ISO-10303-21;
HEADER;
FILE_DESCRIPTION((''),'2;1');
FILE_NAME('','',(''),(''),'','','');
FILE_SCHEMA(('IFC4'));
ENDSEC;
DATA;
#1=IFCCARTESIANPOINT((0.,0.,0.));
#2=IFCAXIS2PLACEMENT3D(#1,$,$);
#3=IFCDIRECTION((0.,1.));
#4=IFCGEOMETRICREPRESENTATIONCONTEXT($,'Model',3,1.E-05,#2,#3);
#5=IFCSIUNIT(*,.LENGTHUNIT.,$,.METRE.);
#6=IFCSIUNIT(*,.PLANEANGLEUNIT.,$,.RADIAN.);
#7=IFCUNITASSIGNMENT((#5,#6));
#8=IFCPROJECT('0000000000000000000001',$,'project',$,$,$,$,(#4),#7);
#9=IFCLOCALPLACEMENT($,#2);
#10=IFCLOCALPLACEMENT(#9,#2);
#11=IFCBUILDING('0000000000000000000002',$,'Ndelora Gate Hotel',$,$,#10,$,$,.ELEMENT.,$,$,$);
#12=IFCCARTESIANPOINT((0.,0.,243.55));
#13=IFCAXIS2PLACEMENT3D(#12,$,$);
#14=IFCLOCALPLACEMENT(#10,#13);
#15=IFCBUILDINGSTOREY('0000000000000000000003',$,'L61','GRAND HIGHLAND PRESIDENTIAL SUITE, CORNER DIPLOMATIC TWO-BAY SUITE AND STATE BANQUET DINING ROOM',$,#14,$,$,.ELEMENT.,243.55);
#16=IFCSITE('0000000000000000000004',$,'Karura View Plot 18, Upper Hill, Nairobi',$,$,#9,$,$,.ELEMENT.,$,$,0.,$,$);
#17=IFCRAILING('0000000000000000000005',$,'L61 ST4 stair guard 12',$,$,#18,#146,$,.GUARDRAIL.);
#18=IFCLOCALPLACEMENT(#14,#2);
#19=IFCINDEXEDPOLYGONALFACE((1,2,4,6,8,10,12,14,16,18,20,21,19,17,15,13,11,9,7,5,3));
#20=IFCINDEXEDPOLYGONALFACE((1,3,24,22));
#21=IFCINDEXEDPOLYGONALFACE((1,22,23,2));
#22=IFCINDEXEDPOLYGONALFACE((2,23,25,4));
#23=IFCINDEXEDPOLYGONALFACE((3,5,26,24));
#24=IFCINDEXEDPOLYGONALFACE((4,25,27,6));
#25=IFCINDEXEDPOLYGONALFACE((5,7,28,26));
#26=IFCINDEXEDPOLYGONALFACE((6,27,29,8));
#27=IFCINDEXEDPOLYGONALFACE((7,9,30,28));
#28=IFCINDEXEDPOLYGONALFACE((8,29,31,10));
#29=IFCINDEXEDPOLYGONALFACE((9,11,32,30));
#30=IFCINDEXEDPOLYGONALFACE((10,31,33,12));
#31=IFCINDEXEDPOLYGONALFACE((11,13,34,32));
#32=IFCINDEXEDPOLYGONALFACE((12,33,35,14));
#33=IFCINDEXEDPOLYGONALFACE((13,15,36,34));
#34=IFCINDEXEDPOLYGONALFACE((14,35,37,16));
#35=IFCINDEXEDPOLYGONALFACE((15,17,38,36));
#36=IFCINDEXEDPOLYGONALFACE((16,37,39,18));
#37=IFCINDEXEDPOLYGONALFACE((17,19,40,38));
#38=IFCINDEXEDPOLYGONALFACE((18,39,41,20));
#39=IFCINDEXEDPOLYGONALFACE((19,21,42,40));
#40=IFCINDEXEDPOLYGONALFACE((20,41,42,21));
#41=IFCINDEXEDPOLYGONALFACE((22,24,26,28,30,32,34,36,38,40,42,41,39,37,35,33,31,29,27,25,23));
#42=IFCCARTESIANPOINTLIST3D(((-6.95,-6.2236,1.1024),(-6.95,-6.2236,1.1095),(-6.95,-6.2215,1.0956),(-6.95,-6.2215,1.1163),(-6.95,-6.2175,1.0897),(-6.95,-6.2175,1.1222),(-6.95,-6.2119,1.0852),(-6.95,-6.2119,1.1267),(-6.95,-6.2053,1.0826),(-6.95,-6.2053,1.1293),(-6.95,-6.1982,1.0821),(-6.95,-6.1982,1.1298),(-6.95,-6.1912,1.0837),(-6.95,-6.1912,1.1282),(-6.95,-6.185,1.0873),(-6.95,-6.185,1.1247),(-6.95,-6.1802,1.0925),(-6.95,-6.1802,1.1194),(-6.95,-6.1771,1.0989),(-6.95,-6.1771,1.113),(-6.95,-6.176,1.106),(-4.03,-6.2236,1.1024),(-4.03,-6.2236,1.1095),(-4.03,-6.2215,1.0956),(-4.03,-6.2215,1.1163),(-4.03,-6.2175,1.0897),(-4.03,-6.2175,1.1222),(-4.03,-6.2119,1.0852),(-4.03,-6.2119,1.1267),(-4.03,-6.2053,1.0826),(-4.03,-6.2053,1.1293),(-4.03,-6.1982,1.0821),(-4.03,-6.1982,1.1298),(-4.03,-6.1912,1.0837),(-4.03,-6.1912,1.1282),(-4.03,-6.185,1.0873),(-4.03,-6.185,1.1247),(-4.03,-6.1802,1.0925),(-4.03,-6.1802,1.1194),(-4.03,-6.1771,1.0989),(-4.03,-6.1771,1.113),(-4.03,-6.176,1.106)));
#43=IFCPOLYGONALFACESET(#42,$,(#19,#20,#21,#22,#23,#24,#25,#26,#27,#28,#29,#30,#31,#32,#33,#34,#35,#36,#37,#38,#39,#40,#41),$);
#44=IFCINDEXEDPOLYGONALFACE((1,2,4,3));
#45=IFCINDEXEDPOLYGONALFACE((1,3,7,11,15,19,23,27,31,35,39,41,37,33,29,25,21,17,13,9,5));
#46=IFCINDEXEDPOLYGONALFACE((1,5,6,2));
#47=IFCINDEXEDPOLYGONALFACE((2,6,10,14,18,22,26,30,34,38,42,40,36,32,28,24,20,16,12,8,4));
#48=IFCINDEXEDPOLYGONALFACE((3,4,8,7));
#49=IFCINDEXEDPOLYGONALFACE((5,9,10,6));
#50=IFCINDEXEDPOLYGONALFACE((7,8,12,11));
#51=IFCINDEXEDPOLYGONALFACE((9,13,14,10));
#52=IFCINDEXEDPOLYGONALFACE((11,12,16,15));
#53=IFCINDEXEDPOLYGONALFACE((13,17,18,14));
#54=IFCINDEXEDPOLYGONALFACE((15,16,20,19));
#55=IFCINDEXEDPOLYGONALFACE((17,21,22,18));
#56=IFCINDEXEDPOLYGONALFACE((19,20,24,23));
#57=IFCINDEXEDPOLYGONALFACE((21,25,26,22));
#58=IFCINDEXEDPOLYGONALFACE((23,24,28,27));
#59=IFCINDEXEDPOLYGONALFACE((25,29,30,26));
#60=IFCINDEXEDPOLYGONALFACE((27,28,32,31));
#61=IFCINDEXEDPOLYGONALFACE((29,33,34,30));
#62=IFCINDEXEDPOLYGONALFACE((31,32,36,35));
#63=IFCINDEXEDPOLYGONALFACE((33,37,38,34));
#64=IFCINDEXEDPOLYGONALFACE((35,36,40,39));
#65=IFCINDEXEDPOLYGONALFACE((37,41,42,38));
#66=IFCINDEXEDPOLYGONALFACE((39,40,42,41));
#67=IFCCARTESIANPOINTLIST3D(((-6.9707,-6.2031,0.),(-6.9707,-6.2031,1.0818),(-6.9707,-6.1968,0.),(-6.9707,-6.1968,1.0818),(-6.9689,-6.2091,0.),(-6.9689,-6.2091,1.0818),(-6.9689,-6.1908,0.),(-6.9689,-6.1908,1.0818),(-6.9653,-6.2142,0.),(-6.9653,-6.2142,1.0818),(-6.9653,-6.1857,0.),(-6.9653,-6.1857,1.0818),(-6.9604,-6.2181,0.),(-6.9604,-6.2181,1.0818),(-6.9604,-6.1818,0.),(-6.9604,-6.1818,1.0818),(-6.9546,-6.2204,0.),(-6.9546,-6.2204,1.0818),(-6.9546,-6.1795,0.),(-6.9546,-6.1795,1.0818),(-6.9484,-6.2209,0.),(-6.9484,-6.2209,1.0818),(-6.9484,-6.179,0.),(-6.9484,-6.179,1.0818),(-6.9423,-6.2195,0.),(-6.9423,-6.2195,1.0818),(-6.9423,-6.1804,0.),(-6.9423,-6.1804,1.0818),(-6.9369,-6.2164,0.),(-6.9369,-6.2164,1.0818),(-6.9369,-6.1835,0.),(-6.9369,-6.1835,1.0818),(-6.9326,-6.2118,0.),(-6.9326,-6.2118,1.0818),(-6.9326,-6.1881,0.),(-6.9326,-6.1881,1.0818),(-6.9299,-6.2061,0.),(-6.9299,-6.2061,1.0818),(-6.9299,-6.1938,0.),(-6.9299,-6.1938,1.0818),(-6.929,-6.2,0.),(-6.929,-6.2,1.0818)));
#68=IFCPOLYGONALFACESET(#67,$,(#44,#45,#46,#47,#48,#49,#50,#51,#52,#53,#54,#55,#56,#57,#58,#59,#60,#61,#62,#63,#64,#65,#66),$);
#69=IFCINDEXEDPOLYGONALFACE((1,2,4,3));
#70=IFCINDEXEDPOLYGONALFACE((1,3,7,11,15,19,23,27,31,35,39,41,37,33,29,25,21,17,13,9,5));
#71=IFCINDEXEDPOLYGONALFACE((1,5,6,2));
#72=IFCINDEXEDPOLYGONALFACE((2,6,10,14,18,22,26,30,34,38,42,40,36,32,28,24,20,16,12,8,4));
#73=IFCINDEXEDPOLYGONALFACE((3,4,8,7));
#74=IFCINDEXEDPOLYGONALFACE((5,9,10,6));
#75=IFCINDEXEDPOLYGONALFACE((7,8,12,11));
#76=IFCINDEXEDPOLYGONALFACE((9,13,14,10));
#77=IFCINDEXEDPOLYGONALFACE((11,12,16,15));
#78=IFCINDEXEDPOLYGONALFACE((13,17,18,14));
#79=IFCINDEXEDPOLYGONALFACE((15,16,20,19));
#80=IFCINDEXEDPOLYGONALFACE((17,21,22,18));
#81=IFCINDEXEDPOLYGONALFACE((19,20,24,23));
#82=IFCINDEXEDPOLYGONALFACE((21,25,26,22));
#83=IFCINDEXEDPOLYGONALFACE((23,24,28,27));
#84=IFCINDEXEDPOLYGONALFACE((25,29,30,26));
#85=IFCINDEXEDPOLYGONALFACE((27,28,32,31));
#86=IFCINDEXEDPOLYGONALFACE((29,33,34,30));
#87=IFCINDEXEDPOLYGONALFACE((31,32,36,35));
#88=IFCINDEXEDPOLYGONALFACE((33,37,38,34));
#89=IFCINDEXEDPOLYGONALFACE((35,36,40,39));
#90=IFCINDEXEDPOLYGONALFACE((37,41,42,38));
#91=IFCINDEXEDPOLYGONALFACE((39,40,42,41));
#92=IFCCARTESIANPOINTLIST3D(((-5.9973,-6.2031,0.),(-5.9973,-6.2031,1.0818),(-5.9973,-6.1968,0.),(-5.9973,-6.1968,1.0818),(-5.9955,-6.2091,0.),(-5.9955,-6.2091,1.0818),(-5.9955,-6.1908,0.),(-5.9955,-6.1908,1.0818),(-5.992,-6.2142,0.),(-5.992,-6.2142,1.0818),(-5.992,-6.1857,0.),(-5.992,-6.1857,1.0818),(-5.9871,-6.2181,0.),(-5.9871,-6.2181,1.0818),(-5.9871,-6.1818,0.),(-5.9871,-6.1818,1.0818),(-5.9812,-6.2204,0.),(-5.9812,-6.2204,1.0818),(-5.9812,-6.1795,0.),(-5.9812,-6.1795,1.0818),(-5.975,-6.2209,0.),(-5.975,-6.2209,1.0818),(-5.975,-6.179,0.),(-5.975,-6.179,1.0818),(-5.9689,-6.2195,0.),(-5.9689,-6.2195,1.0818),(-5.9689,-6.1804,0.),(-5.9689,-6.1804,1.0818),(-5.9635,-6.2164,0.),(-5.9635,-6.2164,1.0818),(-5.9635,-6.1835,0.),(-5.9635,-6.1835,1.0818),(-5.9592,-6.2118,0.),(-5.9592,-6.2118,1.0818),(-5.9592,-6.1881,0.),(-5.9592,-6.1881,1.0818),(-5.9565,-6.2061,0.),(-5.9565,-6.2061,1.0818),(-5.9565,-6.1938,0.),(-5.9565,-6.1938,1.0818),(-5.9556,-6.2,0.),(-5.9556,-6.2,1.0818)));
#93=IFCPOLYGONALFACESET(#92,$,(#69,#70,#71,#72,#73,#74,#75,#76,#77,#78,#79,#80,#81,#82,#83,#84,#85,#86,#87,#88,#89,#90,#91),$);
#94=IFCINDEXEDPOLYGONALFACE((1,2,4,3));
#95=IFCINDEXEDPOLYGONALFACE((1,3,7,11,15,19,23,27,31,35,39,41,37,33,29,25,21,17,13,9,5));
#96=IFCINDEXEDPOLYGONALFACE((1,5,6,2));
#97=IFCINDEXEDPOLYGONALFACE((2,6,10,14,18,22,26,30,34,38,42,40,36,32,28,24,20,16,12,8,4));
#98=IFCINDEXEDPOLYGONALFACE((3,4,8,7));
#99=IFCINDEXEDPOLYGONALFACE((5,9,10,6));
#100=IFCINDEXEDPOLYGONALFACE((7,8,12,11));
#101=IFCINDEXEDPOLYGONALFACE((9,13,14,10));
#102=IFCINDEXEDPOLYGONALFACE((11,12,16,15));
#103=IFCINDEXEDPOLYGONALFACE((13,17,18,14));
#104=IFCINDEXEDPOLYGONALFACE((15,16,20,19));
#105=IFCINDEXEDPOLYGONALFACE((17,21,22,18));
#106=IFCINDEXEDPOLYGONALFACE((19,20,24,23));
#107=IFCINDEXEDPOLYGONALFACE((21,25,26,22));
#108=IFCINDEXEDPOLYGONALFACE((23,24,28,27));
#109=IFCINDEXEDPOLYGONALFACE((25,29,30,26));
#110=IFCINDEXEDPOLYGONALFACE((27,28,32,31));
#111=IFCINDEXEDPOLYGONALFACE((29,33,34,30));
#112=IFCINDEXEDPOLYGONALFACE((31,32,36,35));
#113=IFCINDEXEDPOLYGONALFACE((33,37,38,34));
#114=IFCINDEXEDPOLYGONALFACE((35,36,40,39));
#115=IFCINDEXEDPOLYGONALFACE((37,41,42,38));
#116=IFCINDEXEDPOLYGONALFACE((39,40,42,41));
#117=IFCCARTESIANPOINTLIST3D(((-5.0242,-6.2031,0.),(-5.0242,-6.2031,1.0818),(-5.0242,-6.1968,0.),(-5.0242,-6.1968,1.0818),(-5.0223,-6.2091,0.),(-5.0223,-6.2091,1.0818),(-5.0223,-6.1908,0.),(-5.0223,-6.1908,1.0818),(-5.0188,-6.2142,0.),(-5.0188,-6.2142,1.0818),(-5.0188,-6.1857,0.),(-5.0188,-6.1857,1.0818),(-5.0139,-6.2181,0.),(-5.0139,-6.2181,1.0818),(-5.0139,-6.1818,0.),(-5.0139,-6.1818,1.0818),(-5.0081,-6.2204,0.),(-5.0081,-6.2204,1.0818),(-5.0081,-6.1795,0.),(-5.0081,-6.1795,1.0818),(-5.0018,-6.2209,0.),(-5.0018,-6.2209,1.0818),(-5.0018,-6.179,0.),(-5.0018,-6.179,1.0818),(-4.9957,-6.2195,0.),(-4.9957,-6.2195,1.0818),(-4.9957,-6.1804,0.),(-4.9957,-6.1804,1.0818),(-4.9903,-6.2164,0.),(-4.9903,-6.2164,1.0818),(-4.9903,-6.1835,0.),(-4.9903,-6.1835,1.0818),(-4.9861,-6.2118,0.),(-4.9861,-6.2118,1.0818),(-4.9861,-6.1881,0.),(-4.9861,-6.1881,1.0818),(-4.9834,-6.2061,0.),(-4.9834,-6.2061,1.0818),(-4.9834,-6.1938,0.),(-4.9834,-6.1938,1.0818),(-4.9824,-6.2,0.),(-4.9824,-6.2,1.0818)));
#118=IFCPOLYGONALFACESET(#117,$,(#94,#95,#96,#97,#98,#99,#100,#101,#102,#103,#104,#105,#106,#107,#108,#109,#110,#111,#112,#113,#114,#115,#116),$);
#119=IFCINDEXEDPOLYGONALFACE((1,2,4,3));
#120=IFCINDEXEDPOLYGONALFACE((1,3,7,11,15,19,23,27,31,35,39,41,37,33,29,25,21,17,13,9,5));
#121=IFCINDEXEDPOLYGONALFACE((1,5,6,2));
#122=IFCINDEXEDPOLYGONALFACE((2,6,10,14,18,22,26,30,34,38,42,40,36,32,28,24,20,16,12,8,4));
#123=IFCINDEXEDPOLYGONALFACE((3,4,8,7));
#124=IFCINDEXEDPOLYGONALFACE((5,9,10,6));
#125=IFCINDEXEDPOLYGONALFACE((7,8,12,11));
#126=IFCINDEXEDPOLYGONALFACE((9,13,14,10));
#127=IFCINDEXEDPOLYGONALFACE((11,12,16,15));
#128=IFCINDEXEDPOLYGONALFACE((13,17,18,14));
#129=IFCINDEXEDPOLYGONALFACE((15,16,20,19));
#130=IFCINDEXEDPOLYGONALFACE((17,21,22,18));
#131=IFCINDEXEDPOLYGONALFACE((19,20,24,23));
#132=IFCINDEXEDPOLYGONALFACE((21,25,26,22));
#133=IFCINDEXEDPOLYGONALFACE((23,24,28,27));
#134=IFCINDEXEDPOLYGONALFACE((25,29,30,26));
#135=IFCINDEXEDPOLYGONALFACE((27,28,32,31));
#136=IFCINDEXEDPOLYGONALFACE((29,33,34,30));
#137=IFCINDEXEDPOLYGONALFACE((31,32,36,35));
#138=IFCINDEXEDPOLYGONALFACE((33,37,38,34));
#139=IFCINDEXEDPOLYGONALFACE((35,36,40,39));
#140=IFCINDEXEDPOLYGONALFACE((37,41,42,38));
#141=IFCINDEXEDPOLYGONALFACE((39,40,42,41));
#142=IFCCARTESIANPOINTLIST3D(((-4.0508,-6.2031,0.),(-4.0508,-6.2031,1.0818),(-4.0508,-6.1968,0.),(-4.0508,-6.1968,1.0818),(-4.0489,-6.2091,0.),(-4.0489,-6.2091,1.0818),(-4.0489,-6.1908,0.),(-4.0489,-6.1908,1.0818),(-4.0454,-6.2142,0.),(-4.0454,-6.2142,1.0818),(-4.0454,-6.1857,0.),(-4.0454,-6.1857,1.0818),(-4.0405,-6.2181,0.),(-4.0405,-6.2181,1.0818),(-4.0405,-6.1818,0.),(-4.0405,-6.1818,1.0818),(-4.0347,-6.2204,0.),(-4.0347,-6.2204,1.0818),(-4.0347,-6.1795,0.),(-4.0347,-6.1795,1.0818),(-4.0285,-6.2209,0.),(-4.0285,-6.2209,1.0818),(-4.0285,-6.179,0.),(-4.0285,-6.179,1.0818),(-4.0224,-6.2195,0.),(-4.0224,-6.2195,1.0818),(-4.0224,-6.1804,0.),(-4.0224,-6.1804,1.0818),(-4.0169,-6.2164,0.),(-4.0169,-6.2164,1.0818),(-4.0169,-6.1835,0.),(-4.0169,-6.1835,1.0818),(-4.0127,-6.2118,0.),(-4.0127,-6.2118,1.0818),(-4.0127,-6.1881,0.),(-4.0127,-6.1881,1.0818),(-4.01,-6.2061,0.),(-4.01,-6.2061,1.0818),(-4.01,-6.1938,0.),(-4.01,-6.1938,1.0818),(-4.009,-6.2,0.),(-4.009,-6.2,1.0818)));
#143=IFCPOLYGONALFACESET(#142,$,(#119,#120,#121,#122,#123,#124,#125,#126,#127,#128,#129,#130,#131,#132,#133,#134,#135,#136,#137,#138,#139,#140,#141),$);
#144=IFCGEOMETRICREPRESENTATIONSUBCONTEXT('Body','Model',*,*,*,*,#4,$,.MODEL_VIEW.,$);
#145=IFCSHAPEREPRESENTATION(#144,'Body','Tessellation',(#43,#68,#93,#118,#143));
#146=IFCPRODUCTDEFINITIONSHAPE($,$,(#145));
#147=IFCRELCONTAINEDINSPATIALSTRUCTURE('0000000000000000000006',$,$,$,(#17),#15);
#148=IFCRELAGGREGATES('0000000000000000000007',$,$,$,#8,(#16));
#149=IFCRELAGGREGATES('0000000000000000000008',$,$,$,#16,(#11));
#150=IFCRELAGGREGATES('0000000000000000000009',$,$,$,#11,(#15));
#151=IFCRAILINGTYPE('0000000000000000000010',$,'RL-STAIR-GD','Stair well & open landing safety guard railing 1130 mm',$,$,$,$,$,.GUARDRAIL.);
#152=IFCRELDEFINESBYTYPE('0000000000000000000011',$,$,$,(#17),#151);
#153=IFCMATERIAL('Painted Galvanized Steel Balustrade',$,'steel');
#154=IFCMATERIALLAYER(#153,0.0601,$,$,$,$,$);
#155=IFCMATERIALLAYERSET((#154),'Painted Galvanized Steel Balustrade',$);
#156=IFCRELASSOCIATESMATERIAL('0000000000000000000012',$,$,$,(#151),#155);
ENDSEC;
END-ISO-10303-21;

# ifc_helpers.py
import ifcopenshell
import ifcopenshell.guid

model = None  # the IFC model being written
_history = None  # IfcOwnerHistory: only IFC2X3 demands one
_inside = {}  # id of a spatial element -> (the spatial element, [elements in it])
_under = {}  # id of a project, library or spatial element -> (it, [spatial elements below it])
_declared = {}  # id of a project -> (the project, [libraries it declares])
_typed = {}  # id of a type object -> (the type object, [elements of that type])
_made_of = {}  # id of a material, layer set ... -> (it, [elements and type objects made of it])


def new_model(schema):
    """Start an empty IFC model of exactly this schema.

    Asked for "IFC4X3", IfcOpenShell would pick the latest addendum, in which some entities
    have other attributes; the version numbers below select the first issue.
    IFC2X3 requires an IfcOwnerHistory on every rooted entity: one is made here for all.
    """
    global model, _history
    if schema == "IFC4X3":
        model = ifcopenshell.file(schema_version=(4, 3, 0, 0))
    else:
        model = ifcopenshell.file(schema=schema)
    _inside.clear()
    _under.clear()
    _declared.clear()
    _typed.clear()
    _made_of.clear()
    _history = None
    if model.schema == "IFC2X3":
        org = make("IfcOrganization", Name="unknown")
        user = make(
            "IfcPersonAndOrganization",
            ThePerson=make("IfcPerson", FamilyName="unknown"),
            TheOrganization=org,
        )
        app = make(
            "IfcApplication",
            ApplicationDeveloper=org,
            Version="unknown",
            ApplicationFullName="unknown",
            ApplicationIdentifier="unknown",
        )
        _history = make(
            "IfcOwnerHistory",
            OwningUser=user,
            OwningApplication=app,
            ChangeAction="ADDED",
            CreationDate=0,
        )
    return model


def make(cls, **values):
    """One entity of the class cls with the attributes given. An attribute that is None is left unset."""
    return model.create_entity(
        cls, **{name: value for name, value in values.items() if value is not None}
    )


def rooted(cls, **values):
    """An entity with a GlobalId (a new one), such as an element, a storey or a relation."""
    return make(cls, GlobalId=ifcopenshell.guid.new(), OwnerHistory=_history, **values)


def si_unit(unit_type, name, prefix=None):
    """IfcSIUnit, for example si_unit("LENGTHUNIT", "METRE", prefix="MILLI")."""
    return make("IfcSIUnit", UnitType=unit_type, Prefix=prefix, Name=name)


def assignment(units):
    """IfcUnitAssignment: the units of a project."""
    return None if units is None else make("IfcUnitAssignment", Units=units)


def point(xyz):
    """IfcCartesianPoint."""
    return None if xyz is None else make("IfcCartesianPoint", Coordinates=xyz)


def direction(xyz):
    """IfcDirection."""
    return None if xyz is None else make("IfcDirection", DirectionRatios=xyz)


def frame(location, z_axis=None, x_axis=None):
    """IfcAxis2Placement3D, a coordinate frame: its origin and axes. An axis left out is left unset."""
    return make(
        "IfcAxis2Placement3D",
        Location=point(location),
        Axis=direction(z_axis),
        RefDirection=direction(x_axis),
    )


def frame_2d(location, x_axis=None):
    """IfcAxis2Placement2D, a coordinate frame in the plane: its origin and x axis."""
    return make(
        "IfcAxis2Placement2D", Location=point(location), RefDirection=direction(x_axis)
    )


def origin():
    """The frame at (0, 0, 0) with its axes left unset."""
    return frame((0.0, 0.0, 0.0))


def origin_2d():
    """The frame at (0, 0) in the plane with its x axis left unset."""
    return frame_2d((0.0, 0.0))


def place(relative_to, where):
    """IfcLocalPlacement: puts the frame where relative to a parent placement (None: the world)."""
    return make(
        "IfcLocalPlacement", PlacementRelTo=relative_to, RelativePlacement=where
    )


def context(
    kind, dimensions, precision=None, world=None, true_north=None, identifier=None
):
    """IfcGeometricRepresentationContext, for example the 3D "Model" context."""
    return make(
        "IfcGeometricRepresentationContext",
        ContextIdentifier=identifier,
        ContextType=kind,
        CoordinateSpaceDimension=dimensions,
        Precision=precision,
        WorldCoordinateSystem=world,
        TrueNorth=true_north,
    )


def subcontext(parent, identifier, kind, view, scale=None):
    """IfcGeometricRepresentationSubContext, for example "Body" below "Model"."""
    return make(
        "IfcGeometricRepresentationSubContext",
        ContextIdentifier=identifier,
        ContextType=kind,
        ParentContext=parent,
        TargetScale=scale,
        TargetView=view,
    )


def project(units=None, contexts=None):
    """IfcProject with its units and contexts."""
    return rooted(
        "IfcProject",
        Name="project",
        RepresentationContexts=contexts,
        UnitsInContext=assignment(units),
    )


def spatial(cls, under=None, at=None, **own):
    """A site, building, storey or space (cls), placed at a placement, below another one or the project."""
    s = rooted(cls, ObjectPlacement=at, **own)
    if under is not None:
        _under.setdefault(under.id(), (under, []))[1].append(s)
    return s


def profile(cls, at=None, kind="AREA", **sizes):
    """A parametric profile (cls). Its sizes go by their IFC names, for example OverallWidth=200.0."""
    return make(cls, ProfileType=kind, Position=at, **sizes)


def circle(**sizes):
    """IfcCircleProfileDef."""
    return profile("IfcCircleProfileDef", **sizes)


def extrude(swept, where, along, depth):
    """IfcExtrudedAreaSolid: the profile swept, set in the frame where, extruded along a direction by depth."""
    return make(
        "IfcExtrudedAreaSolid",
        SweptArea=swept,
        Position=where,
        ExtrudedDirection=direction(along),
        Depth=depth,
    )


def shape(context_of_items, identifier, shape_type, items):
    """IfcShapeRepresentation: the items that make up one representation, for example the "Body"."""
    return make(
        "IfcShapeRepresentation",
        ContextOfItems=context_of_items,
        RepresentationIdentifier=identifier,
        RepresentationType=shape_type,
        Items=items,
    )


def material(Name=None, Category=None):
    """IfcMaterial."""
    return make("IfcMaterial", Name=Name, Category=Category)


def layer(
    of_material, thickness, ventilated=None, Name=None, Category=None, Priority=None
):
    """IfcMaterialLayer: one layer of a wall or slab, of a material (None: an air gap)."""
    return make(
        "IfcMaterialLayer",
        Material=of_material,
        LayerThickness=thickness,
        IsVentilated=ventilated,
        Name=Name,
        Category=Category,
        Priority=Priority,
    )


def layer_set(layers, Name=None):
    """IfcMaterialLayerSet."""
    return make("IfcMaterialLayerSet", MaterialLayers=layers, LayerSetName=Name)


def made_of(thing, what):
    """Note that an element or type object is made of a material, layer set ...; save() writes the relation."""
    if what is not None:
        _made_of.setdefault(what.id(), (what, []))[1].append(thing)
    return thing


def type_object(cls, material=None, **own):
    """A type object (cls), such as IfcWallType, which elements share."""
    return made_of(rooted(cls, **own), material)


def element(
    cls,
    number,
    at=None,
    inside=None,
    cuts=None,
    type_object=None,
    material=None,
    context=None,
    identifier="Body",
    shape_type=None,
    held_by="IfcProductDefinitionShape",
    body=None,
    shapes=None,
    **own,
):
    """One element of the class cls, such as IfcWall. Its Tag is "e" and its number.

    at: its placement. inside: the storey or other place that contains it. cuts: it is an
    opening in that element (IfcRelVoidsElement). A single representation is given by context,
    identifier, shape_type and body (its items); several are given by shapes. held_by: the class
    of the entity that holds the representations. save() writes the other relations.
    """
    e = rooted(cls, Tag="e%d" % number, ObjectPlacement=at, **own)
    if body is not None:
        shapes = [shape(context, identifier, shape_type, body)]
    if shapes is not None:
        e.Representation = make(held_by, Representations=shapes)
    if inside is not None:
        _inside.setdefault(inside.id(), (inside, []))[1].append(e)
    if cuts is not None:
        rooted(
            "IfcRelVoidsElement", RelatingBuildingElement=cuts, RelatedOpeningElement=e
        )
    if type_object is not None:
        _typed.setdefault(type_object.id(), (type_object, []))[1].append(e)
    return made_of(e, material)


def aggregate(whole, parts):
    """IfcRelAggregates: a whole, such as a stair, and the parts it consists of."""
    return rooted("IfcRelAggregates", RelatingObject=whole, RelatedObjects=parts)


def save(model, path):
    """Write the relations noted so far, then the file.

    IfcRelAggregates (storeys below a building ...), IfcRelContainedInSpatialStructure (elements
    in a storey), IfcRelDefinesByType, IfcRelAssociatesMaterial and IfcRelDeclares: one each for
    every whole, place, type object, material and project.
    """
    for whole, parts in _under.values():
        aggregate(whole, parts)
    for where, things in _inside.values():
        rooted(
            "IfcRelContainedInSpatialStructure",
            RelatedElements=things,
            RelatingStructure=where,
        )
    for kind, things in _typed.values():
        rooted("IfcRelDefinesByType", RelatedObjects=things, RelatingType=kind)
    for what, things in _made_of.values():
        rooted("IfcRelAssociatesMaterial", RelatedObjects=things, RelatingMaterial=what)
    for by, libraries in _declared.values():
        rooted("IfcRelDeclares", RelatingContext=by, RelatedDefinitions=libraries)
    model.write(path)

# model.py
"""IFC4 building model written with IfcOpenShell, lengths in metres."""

from ifc_helpers import new_model, si_unit, direction, frame, origin, origin_2d, place, context, subcontext, project, spatial, circle, extrude, material, layer, layer_set, type_object, element, save


model = new_model("IFC4")

# Units and contexts
model_context = context("Model", 3, precision=1e-05, world=origin(), true_north=direction((0.0, 1.0)))
body_context = subcontext(model_context, "Body", "Model", "MODEL_VIEW")
ifc_project = project(units=[si_unit("LENGTHUNIT", "METRE"), si_unit("PLANEANGLEUNIT", "RADIAN")], contexts=[model_context])

# Site, building, storey
site_placement = place(None, origin())
site = spatial("IfcSite", under=ifc_project, at=site_placement, Name="Karura View Plot 18, Upper Hill, Nairobi", CompositionType="ELEMENT", RefElevation=0.0)
building_placement = place(site_placement, origin())
building = spatial("IfcBuilding", under=site, at=building_placement, Name="Ndelora Gate Hotel", CompositionType="ELEMENT")
storey_placement = place(building_placement, frame((0.0, 0.0, 243.55)))
storey = spatial("IfcBuildingStorey", under=building, at=storey_placement, Name="L61", Description="GRAND HIGHLAND PRESIDENTIAL SUITE, CORNER DIPLOMATIC TWO-BAY SUITE AND STATE BANQUET DINING ROOM", CompositionType="ELEMENT", Elevation=243.55)

# Railing
ifc_material_1 = material(Name="Painted Galvanized Steel Balustrade", Category="steel")
ifc_layer_1 = layer(ifc_material_1, 0.0601)
ifc_layer_set_1 = layer_set([ifc_layer_1], Name="Painted Galvanized Steel Balustrade")
railing_type_1 = type_object("IfcRailingType", Name="RL-STAIR-GD", Description="Stair well & open landing safety guard railing 1130 mm", PredefinedType="GUARDRAIL", material=ifc_layer_set_1)
railing_1_placement = place(storey_placement, frame((-6.95, -6.2, 0.0)))
element("IfcRailing", 1, at=railing_1_placement, inside=storey, type_object=railing_type_1, Name="L61 ST4 stair guard 12", PredefinedType="GUARDRAIL", context=body_context, shape_type="SweptSolid", body=[
    extrude(circle(Radius=0.0239, at=origin_2d()), frame((0.0, 0.0, 1.106), z_axis=(1.0, 0.0, 0.0), x_axis=(0.0, 1.0, 0.0)), (0.0, 0.0, 1.0), 2.9199),
    extrude(circle(Radius=0.021, at=origin_2d()), origin(), (0.0, 0.0, 1.0), 1.0818),
    extrude(circle(Radius=0.021, at=origin_2d()), frame((0.9734, 0.0, 0.0)), (0.0, 0.0, 1.0), 1.0818),
    extrude(circle(Radius=0.021, at=origin_2d()), frame((1.9465, 0.0, 0.0)), (0.0, 0.0, 1.0), 1.0818),
    extrude(circle(Radius=0.021, at=origin_2d()), frame((2.9199, 0.0, 0.0)), (0.0, 0.0, 1.0), 1.0818),
])

save(model, "model.ifc")
